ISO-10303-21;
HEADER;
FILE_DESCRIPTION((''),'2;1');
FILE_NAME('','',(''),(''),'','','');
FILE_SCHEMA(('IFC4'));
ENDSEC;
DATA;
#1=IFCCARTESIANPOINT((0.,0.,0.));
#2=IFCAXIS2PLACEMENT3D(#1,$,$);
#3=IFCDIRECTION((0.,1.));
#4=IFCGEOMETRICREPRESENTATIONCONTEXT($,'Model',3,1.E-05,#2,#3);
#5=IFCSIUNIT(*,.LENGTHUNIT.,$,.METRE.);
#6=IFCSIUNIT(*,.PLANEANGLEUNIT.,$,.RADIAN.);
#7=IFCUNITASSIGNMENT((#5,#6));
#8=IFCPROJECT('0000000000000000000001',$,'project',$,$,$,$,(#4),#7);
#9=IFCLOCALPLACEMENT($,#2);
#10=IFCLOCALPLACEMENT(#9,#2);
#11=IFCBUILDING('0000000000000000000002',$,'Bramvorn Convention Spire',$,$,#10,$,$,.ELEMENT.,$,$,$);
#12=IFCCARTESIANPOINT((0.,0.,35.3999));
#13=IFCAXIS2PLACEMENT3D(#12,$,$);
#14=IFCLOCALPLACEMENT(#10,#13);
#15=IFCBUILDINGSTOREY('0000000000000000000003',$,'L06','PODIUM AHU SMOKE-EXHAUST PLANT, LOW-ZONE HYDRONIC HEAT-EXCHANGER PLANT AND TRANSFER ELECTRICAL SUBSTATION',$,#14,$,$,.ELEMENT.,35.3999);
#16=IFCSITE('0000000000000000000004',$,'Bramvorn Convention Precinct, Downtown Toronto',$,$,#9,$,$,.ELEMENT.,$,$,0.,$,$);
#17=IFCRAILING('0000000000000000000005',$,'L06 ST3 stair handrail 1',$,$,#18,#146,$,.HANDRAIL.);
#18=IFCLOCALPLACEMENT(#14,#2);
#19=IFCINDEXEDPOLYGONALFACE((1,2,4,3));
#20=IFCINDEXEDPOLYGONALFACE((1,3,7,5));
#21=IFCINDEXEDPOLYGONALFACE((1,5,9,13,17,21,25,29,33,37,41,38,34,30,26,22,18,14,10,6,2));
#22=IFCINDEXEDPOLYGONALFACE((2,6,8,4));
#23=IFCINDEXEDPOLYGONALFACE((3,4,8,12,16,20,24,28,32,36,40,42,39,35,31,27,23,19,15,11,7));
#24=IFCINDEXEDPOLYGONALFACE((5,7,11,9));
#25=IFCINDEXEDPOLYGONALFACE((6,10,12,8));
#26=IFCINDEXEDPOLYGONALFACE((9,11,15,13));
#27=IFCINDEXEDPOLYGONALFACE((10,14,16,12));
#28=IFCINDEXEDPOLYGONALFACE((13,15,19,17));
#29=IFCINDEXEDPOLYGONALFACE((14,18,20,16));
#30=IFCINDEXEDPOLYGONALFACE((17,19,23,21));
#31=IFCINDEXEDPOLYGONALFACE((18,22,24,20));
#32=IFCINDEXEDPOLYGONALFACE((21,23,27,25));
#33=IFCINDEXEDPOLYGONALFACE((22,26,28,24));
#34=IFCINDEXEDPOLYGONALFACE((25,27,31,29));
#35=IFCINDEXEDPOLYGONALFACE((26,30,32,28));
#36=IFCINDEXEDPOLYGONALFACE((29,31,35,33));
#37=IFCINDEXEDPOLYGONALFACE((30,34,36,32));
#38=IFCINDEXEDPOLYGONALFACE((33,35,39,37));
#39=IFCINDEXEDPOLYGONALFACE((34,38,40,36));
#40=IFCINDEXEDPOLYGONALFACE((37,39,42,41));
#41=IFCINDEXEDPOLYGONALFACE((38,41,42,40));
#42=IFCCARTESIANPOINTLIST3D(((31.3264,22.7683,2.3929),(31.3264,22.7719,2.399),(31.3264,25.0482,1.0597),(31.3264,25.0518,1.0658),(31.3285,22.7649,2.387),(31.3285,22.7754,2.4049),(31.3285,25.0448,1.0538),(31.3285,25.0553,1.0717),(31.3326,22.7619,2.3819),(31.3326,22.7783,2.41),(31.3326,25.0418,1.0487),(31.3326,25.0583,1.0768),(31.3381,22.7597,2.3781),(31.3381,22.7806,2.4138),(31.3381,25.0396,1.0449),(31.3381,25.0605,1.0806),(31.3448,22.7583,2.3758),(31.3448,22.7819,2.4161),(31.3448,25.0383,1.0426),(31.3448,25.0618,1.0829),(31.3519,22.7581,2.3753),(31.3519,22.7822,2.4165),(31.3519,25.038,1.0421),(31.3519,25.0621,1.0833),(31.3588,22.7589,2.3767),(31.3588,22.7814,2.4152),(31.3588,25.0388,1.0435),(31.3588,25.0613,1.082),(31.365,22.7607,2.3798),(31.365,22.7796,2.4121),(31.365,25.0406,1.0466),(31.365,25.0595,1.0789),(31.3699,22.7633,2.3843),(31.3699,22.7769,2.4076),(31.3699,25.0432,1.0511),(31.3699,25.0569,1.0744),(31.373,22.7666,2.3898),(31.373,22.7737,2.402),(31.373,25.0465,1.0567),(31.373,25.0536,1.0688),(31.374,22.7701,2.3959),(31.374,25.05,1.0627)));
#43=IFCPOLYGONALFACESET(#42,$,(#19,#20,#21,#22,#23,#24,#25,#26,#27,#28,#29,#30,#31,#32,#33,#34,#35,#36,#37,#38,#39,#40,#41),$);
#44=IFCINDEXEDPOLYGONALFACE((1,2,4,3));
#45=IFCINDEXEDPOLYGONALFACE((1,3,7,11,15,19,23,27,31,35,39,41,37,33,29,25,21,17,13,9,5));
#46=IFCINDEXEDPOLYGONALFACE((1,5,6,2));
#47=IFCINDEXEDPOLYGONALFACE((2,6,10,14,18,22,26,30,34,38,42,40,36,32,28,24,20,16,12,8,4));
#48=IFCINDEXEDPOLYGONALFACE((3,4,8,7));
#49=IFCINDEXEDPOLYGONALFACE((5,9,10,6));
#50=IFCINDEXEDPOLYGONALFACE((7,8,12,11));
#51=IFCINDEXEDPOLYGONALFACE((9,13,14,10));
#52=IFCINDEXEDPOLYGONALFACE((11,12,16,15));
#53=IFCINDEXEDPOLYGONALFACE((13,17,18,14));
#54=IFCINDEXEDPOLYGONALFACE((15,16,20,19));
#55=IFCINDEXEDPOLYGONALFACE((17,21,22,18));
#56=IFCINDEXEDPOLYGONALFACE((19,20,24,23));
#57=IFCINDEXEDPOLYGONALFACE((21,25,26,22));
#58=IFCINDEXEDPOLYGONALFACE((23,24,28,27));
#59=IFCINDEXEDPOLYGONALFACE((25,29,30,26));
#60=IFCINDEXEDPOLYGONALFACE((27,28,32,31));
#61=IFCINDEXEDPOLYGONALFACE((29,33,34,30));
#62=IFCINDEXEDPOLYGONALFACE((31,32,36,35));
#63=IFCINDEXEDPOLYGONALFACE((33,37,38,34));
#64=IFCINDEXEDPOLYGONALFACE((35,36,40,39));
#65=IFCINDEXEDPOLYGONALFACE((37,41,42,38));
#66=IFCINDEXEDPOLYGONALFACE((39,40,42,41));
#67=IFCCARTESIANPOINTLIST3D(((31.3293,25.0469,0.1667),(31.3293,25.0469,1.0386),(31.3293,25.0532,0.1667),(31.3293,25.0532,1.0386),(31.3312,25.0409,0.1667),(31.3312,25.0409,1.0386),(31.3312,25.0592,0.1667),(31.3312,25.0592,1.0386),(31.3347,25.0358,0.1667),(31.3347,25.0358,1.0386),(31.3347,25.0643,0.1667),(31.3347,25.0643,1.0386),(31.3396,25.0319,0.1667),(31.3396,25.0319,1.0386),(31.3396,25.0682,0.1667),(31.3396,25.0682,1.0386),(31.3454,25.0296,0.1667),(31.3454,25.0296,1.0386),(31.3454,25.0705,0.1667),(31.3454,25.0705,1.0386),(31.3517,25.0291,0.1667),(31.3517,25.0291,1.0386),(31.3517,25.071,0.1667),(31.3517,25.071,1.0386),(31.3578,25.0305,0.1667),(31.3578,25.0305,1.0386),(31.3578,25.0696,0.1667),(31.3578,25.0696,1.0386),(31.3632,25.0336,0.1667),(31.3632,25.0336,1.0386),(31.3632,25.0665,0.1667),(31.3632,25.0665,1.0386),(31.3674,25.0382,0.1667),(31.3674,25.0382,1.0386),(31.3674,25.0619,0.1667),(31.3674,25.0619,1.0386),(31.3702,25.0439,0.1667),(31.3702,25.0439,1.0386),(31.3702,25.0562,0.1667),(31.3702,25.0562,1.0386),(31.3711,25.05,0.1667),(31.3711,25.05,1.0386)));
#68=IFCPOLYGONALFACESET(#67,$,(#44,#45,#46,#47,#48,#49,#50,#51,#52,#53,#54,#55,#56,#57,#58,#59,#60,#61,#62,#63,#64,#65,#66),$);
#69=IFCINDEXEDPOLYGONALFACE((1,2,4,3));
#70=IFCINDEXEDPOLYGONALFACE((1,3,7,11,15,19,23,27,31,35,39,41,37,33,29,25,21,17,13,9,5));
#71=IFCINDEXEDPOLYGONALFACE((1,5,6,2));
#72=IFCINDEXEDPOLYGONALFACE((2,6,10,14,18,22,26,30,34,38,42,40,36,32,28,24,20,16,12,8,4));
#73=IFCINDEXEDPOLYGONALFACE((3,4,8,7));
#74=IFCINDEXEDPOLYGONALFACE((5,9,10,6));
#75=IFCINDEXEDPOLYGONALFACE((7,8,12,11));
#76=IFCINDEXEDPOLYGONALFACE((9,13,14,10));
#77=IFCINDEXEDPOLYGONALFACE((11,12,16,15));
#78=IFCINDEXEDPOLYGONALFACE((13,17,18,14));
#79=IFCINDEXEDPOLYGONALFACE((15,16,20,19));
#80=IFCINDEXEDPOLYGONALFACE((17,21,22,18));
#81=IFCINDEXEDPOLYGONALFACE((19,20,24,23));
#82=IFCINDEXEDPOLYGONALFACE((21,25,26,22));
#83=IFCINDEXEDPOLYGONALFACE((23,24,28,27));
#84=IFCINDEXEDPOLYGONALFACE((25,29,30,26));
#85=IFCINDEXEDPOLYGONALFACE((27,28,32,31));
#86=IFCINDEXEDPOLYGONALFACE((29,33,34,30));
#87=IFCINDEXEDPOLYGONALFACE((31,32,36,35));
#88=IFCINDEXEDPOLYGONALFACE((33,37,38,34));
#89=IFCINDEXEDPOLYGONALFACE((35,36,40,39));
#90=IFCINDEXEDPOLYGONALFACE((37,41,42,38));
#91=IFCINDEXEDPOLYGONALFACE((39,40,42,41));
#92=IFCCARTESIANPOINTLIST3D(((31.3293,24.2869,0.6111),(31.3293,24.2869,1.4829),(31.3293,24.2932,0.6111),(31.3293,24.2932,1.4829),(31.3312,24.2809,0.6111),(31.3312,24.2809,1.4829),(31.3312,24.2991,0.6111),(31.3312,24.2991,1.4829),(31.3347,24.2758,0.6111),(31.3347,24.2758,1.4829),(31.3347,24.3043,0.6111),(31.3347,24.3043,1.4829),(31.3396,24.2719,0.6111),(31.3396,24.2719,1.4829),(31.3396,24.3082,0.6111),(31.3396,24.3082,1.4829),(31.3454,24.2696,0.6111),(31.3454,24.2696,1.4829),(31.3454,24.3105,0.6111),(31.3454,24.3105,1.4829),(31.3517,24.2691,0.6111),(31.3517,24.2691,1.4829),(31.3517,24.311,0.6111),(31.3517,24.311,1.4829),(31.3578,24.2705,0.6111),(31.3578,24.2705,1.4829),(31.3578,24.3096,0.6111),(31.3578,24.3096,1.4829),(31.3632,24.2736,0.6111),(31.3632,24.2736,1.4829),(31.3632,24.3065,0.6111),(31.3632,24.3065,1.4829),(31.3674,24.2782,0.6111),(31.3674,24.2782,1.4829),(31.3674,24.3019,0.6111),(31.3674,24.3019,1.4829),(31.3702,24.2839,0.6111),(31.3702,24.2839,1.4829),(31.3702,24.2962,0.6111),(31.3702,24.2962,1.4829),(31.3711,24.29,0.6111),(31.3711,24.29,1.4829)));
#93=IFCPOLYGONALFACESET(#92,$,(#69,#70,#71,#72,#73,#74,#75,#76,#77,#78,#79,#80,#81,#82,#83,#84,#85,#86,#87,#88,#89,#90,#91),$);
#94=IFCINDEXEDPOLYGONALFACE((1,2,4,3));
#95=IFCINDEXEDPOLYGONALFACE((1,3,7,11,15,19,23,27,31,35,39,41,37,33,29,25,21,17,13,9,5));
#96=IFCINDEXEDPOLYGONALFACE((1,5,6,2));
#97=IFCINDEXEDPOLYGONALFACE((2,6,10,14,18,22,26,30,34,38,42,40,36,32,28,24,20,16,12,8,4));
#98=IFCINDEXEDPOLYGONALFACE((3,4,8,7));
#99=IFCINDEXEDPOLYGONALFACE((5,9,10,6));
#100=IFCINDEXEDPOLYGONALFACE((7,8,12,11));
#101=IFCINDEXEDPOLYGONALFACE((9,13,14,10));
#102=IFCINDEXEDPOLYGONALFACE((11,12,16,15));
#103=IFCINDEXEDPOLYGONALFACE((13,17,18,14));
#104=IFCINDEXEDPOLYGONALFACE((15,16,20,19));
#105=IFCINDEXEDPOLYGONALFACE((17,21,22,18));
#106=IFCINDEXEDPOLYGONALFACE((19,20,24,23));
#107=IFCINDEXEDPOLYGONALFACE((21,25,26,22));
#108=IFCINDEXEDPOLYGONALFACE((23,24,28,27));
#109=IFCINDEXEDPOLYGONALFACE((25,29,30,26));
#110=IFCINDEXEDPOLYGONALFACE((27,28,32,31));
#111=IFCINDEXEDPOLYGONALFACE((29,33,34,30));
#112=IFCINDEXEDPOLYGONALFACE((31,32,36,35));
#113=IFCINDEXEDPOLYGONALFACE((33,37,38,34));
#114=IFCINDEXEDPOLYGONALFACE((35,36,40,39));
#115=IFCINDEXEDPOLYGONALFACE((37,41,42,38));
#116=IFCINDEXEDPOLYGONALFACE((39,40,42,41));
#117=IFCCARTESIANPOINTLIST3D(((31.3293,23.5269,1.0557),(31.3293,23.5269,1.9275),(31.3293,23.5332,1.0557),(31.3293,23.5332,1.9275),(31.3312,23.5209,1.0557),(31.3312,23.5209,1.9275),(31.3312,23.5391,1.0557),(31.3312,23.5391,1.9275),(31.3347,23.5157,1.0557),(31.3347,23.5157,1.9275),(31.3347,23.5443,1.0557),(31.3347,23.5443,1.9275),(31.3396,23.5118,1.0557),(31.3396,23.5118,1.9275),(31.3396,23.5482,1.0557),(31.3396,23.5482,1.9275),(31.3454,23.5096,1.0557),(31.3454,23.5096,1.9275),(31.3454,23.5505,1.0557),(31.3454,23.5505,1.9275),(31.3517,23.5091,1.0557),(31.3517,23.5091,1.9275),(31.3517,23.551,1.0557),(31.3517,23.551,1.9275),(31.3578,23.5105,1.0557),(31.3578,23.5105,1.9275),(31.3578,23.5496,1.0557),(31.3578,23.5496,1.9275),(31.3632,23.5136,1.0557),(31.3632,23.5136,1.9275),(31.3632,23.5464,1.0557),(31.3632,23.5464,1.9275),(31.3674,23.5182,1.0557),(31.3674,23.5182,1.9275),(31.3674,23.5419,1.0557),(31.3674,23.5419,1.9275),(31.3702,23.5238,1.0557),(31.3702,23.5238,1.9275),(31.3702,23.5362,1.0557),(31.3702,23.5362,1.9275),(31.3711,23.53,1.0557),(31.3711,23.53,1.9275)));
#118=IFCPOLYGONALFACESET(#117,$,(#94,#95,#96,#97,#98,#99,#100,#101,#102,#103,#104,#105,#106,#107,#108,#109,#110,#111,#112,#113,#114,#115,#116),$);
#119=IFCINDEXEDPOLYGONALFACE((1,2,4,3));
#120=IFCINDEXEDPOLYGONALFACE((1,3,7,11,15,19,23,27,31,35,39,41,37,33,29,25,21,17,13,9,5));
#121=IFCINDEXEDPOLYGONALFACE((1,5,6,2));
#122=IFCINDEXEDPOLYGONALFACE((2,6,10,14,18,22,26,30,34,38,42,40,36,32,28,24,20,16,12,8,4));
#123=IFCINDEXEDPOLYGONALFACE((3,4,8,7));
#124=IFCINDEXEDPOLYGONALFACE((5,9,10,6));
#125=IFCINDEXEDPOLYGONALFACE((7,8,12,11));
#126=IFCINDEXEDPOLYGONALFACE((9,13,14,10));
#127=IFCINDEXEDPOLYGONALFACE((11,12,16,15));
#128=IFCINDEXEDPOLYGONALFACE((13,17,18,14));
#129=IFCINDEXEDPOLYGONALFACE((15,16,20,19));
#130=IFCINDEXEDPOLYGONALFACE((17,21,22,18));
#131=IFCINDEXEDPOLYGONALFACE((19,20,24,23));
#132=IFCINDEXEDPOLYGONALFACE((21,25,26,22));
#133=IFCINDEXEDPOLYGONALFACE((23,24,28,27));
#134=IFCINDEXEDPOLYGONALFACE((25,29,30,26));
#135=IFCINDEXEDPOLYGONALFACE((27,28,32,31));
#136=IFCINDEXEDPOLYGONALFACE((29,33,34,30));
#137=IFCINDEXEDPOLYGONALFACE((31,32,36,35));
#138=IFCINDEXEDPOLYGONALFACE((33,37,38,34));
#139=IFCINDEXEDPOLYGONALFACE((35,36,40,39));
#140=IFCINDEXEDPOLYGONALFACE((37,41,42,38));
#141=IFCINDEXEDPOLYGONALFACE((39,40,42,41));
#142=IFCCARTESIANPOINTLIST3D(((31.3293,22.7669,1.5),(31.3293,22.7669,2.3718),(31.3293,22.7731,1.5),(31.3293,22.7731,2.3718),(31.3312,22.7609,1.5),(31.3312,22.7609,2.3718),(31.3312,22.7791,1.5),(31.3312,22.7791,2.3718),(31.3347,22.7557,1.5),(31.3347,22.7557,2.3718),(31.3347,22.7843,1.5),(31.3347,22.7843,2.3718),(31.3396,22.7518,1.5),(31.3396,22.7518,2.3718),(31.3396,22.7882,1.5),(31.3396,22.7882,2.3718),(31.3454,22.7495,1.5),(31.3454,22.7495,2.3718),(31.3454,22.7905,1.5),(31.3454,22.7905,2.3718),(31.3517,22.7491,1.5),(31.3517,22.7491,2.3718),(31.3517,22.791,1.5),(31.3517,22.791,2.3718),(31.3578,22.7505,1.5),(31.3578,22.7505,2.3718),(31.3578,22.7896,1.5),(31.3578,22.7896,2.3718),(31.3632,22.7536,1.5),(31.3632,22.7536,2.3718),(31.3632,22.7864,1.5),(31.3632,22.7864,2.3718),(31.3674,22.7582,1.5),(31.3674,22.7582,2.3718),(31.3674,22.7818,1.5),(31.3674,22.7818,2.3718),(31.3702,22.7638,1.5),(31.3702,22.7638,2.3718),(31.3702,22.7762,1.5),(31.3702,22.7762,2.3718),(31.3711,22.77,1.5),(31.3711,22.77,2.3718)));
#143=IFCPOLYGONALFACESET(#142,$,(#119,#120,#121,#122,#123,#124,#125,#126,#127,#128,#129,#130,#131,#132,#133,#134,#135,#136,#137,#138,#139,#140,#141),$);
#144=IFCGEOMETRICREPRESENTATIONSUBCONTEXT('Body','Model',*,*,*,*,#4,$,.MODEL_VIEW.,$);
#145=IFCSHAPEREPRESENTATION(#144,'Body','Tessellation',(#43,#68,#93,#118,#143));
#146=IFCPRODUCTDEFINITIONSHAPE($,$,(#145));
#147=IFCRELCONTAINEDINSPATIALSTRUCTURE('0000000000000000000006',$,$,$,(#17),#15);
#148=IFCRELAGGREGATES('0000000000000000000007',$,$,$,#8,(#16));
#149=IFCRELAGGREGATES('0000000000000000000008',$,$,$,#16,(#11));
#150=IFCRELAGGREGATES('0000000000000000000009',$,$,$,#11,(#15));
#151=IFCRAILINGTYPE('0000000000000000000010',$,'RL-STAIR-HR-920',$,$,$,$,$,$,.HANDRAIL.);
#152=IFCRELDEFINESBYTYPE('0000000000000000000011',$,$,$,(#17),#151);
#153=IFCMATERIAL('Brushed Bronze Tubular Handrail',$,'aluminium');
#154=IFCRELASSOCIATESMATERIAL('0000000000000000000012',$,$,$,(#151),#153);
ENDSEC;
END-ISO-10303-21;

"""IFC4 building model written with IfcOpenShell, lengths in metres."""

from ifc_helpers import new_model, si_unit, direction, frame, origin, origin_2d, place, context, subcontext, project, spatial, circle, extrude, material, type_object, element, save


model = new_model("IFC4")

# Units and contexts
model_context = context("Model", 3, precision=1e-05, world=origin(), true_north=direction((0.0, 1.0)))
body_context = subcontext(model_context, "Body", "Model", "MODEL_VIEW")
ifc_project = project(units=[si_unit("LENGTHUNIT", "METRE"), si_unit("PLANEANGLEUNIT", "RADIAN")], contexts=[model_context])

# Site, building, storey
site_placement = place(None, origin())
site = spatial("IfcSite", under=ifc_project, at=site_placement, Name="Bramvorn Convention Precinct, Downtown Toronto", CompositionType="ELEMENT", RefElevation=0.0)
building_placement = place(site_placement, origin())
building = spatial("IfcBuilding", under=site, at=building_placement, Name="Bramvorn Convention Spire", CompositionType="ELEMENT")
storey_placement = place(building_placement, frame((0.0, 0.0, 35.3999)))
storey = spatial("IfcBuildingStorey", under=building, at=storey_placement, Name="L06", Description="PODIUM AHU SMOKE-EXHAUST PLANT, LOW-ZONE HYDRONIC HEAT-EXCHANGER PLANT AND TRANSFER ELECTRICAL SUBSTATION", CompositionType="ELEMENT", Elevation=35.3999)

# Railing
ifc_material_1 = material(Name="Brushed Bronze Tubular Handrail", Category="aluminium")
railing_type_1 = type_object("IfcRailingType", Name="RL-STAIR-HR-920", PredefinedType="HANDRAIL", material=ifc_material_1)
for number, where, name in (
    (1, (31.3501, 25.05, 0.1667), "L06 ST3 stair handrail 1"),
):
    element("IfcRailing", number, at=place(storey_placement, frame(where)), inside=storey, type_object=railing_type_1, Name=name, PredefinedType="HANDRAIL", context=body_context, shape_type="SweptSolid", body=[
        extrude(circle(Radius=0.0239, at=origin_2d()), frame((0.0, 0.0, 0.896), z_axis=(0.0, -0.863245, 0.504785), x_axis=(1.0, 0.0, 0.0)), (0.0, 0.0, 1.0), 2.6411),
        extrude(circle(Radius=0.021, at=origin_2d()), origin(), (0.0, 0.0, 1.0), 0.8718),
        extrude(circle(Radius=0.021, at=origin_2d()), frame((0.0, -0.76, 0.4443)), (0.0, 0.0, 1.0), 0.8718),
        extrude(circle(Radius=0.021, at=origin_2d()), frame((0.0, -1.52, 0.8889)), (0.0, 0.0, 1.0), 0.8718),
        extrude(circle(Radius=0.021, at=origin_2d()), frame((0.0, -2.28, 1.3333)), (0.0, 0.0, 1.0), 0.8718),
    ])

save(model, "model.ifc")
